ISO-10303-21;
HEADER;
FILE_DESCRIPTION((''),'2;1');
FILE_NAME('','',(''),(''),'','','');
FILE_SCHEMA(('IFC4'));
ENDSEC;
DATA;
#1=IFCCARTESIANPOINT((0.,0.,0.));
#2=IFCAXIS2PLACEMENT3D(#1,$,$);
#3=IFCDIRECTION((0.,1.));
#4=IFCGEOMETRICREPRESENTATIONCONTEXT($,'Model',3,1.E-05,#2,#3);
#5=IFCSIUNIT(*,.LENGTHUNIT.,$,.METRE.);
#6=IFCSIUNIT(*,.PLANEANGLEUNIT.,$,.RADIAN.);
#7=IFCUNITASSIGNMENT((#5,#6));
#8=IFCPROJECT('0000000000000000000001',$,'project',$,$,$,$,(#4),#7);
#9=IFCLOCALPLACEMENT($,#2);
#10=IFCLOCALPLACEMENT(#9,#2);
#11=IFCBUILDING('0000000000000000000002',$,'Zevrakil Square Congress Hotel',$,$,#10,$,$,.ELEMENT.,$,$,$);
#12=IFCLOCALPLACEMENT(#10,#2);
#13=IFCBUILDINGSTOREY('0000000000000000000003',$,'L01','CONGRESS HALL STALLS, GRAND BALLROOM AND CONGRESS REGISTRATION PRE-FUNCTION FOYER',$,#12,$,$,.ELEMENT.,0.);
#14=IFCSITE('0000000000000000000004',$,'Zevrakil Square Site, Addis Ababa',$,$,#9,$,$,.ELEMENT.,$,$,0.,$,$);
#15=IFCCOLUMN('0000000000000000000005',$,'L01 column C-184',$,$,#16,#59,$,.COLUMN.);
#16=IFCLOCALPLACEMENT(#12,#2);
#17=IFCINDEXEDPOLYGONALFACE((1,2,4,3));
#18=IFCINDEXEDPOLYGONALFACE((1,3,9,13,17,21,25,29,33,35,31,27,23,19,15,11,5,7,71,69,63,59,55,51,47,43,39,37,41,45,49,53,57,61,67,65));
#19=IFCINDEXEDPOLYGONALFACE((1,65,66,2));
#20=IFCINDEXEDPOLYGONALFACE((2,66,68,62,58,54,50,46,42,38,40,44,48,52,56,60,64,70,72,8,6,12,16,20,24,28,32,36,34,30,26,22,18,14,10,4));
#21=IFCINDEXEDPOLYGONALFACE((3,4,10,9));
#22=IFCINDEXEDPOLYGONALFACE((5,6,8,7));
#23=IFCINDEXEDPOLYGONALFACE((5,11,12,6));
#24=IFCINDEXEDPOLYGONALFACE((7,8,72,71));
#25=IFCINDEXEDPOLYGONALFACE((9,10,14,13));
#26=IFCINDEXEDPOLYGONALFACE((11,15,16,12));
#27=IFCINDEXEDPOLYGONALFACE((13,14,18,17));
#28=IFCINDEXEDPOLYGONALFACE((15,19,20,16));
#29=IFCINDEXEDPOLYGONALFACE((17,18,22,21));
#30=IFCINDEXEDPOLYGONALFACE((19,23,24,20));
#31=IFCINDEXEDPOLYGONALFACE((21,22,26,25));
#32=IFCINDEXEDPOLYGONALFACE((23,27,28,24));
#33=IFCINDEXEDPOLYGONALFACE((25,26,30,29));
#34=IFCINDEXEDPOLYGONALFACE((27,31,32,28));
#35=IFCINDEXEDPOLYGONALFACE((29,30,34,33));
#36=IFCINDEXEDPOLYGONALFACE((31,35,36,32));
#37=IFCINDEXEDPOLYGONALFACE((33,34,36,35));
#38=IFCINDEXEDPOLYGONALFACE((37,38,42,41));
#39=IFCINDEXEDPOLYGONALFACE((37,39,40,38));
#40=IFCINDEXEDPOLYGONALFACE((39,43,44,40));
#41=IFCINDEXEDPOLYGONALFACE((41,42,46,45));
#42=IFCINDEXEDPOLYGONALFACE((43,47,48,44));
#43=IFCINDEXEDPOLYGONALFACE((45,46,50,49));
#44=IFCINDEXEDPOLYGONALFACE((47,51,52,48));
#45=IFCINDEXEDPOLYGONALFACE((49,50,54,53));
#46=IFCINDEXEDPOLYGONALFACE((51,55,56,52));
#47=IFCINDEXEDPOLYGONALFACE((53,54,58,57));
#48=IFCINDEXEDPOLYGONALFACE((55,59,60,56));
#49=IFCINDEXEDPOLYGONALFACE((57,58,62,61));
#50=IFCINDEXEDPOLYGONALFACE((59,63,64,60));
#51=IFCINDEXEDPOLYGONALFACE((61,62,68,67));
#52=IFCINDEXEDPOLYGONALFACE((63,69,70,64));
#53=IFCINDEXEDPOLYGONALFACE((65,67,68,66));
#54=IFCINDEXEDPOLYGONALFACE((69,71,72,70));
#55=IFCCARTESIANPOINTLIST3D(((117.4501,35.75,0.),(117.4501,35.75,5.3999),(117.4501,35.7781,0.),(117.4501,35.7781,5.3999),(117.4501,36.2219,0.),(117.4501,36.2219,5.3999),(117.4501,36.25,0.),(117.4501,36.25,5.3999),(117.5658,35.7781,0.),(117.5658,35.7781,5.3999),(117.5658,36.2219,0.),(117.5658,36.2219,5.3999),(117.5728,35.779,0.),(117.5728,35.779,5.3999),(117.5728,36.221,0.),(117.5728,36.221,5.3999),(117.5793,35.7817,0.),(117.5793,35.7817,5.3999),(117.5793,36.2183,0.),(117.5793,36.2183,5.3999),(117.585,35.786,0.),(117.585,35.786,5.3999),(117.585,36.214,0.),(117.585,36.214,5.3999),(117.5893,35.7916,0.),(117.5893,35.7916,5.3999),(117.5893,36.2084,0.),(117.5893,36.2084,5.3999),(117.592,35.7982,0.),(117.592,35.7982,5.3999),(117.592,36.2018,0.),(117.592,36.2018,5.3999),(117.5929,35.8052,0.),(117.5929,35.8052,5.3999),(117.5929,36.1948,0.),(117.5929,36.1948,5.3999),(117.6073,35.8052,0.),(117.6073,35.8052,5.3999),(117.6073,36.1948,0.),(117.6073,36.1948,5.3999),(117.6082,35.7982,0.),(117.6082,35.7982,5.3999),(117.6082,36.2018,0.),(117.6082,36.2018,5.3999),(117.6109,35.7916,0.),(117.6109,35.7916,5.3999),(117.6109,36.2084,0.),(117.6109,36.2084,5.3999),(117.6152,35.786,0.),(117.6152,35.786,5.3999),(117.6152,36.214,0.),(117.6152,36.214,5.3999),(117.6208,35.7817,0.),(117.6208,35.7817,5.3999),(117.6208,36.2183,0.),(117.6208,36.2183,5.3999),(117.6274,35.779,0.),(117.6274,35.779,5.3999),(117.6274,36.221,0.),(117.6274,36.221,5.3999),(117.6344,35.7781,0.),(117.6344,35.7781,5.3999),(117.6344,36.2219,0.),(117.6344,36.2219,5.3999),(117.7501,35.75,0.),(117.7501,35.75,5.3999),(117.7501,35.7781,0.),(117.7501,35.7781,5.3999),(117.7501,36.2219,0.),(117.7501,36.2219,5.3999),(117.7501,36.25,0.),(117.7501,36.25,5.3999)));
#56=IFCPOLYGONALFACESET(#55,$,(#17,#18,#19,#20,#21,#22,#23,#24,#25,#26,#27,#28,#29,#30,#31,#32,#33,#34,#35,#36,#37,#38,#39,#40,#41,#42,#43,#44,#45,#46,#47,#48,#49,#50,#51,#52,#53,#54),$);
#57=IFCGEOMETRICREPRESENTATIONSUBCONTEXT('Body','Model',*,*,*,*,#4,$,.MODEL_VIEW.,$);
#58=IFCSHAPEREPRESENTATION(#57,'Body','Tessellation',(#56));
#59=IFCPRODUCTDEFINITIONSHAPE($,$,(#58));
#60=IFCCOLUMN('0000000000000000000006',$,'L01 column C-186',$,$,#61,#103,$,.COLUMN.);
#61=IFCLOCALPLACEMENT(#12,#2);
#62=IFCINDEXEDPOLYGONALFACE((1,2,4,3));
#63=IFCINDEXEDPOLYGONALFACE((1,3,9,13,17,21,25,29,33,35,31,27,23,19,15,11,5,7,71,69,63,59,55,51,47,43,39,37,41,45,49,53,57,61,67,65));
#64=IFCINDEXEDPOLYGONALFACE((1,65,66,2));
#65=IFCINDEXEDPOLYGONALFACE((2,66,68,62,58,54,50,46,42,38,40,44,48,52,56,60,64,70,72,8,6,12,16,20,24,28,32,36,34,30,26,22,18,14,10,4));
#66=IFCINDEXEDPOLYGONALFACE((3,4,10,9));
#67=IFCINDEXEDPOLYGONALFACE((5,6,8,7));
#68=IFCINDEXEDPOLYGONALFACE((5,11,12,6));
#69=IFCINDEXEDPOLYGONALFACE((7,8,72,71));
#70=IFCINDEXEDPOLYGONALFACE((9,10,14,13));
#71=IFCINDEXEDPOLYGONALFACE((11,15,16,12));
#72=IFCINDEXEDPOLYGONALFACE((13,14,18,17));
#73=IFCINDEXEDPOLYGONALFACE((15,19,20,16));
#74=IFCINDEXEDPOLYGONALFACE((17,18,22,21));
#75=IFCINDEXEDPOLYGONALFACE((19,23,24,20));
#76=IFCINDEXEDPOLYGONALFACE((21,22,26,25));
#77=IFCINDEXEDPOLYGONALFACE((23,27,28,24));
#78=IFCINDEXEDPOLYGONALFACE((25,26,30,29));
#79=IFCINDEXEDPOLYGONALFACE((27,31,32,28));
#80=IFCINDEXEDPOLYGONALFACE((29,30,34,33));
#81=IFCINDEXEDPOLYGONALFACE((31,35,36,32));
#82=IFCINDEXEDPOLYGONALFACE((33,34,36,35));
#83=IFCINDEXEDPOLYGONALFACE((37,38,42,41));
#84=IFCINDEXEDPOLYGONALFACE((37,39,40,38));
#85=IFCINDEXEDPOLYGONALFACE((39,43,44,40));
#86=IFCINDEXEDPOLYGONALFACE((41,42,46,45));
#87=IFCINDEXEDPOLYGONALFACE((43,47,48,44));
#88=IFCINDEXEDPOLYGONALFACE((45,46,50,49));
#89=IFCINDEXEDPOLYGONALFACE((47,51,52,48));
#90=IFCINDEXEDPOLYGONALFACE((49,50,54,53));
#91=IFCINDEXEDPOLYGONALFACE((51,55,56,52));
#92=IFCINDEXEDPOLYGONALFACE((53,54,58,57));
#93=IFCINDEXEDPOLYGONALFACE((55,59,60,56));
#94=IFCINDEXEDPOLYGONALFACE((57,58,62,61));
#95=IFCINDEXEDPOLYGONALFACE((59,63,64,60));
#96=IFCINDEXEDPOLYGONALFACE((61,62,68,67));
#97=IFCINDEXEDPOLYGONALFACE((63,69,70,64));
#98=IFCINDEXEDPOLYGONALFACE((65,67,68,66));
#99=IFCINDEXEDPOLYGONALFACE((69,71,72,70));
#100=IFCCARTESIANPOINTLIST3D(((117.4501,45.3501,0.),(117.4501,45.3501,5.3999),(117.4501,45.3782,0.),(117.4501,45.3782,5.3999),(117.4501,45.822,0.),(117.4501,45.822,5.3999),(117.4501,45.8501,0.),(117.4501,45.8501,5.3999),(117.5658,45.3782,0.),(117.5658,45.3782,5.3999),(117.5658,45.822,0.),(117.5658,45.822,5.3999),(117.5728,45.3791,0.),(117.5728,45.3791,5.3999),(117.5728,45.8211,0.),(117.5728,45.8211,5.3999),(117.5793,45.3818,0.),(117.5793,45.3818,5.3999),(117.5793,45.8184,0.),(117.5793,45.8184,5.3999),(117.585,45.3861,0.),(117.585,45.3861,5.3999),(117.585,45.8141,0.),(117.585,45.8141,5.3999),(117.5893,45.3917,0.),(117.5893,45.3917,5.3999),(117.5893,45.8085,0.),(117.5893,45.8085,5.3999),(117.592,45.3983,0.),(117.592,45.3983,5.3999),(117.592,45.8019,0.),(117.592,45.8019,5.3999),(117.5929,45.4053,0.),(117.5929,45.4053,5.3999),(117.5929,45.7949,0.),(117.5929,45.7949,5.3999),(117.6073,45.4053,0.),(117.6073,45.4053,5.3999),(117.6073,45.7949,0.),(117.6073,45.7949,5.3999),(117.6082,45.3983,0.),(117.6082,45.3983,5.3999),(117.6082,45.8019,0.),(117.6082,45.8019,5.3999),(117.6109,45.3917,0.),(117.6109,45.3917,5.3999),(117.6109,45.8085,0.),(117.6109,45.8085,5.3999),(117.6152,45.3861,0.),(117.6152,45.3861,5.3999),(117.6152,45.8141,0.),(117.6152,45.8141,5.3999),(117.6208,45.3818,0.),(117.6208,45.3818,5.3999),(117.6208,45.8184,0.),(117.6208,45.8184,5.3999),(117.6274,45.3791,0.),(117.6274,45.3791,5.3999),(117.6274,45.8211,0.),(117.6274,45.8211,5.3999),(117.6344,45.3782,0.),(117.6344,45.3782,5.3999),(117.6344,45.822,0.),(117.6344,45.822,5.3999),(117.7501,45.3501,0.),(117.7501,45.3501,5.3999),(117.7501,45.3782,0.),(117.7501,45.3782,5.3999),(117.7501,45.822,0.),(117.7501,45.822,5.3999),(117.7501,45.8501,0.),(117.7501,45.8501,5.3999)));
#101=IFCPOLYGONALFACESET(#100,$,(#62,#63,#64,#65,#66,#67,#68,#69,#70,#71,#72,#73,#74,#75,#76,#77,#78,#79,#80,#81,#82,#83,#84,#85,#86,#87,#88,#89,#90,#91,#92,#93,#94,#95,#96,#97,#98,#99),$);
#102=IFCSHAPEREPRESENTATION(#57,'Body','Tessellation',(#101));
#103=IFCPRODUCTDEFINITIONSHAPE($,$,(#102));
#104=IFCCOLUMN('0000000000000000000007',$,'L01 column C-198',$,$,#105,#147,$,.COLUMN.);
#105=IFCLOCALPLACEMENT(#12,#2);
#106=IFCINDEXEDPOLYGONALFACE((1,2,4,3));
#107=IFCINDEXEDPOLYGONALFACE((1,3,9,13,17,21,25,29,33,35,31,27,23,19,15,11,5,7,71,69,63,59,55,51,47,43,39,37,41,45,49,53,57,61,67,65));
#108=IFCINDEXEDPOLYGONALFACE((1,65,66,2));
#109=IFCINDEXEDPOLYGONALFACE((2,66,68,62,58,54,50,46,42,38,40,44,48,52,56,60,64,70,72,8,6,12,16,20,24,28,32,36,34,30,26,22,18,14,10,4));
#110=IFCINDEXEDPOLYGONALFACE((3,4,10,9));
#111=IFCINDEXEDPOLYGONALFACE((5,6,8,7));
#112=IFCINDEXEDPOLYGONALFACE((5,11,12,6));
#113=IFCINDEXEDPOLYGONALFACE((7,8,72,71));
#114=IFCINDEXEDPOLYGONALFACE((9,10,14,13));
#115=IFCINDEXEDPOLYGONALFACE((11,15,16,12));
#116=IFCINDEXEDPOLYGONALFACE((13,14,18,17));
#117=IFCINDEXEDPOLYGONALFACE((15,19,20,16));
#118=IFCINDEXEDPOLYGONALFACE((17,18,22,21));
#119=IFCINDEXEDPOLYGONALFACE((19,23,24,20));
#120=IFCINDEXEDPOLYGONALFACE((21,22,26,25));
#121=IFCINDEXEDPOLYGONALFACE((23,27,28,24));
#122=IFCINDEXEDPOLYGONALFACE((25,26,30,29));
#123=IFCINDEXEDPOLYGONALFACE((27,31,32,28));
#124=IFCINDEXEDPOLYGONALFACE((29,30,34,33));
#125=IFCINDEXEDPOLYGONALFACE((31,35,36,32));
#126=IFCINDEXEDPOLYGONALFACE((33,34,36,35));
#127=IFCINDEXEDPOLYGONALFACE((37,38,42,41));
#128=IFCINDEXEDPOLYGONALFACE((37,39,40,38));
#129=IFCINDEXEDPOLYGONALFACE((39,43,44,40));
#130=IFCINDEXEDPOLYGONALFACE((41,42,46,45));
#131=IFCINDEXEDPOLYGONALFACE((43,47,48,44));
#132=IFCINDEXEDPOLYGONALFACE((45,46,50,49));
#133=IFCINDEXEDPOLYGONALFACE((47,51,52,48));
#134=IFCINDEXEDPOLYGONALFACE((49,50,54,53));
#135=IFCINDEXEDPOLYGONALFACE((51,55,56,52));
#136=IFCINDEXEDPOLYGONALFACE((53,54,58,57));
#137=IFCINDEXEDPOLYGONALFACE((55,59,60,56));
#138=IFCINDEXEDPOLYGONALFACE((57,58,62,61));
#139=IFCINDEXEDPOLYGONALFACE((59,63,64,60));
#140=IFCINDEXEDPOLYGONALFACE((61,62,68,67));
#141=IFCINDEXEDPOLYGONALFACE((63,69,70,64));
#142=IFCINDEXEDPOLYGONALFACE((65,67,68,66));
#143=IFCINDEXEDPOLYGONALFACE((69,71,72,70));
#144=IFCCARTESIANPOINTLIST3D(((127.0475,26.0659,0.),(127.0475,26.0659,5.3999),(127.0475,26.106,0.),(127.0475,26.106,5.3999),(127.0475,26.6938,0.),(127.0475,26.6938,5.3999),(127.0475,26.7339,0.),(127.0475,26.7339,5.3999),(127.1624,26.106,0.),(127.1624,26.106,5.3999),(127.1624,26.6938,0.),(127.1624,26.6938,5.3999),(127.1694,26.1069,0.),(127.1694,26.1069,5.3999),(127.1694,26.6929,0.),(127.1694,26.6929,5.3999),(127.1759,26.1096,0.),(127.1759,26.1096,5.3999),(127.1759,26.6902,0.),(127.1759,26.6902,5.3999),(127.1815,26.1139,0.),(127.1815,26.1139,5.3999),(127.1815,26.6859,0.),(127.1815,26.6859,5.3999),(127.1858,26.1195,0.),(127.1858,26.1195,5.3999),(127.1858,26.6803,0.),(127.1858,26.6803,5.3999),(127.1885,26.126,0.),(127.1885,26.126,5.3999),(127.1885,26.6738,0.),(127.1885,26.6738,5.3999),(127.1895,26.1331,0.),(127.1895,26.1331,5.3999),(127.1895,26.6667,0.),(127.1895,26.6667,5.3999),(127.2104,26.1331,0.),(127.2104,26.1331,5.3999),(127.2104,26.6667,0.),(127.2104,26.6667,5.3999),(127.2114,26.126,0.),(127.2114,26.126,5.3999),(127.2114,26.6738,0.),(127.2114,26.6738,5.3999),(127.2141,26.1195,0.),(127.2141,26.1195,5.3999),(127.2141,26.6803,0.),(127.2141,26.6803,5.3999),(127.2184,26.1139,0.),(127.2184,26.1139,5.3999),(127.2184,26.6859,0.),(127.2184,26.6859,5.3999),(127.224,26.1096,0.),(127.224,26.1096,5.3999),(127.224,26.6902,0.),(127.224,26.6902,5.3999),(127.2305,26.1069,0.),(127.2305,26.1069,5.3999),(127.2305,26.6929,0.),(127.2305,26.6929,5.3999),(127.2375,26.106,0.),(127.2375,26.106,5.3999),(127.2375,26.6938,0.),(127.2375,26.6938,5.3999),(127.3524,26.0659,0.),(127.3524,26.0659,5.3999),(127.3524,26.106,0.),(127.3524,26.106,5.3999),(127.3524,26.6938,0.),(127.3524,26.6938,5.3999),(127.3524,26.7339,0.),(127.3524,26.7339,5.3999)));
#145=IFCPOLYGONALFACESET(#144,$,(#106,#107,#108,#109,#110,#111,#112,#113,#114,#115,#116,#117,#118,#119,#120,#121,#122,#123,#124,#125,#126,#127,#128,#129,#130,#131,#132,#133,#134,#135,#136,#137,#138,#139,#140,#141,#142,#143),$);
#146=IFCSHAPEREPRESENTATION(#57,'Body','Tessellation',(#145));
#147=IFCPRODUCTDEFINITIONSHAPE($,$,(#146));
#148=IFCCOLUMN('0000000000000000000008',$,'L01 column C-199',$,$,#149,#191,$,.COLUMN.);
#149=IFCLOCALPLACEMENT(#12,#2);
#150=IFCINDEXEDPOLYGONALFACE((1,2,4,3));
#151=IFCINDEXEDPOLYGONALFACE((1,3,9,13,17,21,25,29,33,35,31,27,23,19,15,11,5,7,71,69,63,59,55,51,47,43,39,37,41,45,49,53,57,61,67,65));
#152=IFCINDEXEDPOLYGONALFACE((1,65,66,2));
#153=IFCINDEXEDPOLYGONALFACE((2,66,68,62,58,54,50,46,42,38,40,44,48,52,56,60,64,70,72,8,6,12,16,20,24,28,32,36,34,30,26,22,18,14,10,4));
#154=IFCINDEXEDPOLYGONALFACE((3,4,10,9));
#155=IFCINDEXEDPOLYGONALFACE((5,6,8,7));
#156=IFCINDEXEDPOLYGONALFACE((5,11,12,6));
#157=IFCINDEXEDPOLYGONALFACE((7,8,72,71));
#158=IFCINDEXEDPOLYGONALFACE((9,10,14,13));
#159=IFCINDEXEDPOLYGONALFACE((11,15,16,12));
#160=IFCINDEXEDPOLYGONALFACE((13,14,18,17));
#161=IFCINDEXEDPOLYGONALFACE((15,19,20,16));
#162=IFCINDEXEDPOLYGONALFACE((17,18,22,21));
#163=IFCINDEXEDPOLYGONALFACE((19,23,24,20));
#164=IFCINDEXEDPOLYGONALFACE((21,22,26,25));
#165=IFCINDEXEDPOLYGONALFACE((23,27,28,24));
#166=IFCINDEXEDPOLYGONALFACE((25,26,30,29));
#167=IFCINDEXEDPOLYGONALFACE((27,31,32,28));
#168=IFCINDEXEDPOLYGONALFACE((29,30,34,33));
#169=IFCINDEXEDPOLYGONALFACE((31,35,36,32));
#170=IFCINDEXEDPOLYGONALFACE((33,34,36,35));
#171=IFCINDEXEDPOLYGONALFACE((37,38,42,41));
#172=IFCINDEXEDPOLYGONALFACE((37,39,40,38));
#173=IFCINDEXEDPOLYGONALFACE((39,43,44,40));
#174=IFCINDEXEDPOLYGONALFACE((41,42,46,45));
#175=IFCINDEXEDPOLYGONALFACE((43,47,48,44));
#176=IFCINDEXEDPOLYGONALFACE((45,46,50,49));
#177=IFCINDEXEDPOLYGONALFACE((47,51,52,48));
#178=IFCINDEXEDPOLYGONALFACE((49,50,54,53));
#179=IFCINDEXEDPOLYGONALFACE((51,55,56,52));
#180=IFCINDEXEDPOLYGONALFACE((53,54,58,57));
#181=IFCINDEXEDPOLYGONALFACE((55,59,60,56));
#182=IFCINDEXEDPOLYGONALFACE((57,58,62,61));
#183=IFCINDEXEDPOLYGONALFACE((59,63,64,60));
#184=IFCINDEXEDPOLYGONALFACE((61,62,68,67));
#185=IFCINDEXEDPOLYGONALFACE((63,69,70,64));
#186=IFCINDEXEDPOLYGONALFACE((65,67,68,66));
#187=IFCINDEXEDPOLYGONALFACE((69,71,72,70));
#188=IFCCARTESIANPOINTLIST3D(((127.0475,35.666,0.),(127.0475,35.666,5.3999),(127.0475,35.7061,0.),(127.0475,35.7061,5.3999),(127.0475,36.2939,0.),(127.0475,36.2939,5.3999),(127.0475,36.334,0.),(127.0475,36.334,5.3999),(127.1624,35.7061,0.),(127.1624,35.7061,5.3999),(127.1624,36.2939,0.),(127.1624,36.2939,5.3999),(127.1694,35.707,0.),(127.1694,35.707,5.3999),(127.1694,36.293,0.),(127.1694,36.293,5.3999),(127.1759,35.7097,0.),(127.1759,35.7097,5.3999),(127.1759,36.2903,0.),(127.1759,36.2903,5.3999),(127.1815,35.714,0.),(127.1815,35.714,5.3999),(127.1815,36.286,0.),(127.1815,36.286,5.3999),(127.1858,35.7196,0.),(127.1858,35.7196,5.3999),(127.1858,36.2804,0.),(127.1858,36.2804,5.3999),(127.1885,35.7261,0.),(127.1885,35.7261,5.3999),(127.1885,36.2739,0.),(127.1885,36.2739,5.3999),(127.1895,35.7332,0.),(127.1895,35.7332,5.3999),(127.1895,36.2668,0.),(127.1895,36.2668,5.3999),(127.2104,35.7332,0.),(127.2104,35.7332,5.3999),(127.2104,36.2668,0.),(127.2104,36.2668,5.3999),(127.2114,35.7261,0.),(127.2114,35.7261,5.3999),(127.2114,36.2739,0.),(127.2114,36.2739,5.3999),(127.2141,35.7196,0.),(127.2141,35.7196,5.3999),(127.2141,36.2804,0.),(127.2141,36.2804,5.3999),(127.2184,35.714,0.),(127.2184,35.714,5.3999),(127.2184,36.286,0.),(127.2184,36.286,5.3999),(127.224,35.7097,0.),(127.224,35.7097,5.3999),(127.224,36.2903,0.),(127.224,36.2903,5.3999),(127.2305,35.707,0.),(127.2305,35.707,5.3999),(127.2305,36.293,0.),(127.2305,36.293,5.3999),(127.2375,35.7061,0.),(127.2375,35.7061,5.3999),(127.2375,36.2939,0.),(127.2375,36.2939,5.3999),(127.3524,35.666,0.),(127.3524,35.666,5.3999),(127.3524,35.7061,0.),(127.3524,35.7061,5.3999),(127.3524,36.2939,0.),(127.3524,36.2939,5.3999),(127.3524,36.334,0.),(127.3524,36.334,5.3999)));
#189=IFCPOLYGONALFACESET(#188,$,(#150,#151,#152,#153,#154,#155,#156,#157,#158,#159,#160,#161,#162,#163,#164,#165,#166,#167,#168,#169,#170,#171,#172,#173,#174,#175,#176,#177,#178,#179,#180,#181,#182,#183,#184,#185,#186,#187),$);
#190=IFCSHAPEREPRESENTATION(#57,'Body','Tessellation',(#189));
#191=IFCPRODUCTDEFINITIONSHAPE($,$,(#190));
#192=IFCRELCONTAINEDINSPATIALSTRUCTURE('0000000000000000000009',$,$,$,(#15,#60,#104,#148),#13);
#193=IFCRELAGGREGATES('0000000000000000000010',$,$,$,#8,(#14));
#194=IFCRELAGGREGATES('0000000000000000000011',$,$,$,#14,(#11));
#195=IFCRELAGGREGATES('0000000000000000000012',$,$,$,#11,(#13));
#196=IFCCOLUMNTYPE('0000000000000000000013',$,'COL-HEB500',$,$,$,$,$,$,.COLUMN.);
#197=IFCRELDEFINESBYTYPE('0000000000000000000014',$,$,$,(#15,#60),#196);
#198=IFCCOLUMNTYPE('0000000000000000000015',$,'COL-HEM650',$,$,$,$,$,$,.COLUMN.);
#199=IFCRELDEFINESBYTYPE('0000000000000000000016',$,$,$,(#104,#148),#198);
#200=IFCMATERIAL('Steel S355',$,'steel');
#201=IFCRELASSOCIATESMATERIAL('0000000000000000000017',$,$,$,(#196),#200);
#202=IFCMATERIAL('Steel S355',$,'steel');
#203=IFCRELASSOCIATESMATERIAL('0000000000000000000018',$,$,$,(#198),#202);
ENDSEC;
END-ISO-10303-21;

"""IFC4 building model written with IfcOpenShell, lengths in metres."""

from ifc_helpers import new_model, si_unit, direction, frame, origin, origin_2d, place, context, subcontext, project, spatial, i_section, extrude, material, material_profile, profile_set, type_object, element, save


model = new_model("IFC4")

# Units and contexts
model_context = context("Model", 3, precision=1e-05, world=origin(), true_north=direction((0.0, 1.0)))
body_context = subcontext(model_context, "Body", "Model", "MODEL_VIEW")
ifc_project = project(units=[si_unit("LENGTHUNIT", "METRE"), si_unit("PLANEANGLEUNIT", "RADIAN")], contexts=[model_context])

# Site, building, storey
site_placement = place(None, origin())
site = spatial("IfcSite", under=ifc_project, at=site_placement, Name="Zevrakil Square Site, Addis Ababa", CompositionType="ELEMENT", RefElevation=0.0)
building_placement = place(site_placement, origin())
building = spatial("IfcBuilding", under=site, at=building_placement, Name="Zevrakil Square Congress Hotel", CompositionType="ELEMENT")
storey_placement = place(building_placement, origin())
storey = spatial("IfcBuildingStorey", under=building, at=storey_placement, Name="L01", Description="CONGRESS HALL STALLS, GRAND BALLROOM AND CONGRESS REGISTRATION PRE-FUNCTION FOYER", CompositionType="ELEMENT", Elevation=0.0)

# Columns
ifc_material_1 = material(Name="Steel S355", Category="steel")
ifc_material_profile_1 = material_profile(ifc_material_1, i_section(OverallWidth=0.3, OverallDepth=0.5, WebThickness=0.0144, FlangeThickness=0.0281, FilletRadius=0.0271, at=origin_2d()), Name="HEB 500")
ifc_profile_set_1 = profile_set([ifc_material_profile_1], Name="Steel S355")
column_type_1 = type_object("IfcColumnType", Name="COL-HEB500", PredefinedType="COLUMN", material=ifc_profile_set_1)
for number, where, z_axis, x_axis, name in (
    (1, (117.6001, 36.0, 0.0), (0.0, 0.0, 1.0), (1.0, 0.0, 0.0), "L01 column C-184"),
    (2, (117.6001, 45.6001, 0.0), (0.0, 0.0, 1.0), (1.0, 0.0, 0.0), "L01 column C-186"),
):
    element("IfcColumn", number, at=place(storey_placement, frame(where, z_axis=z_axis, x_axis=x_axis)), inside=storey, type_object=column_type_1, Name=name, PredefinedType="COLUMN", context=body_context, shape_type="SweptSolid", body=[
        extrude(i_section(OverallWidth=0.3, OverallDepth=0.5, WebThickness=0.0144, FlangeThickness=0.0281, FilletRadius=0.0271, at=origin_2d()), origin(), (0.0, 0.0, 1.0), 5.3999),
    ])
ifc_material_2 = material(Name="Steel S355", Category="steel")
ifc_material_profile_2 = material_profile(ifc_material_2, i_section(OverallWidth=0.3049, OverallDepth=0.668, WebThickness=0.021, FlangeThickness=0.04, FilletRadius=0.0271, at=origin_2d()), Name="HEM 650")
ifc_profile_set_2 = profile_set([ifc_material_profile_2], Name="Steel S355")
column_type_2 = type_object("IfcColumnType", Name="COL-HEM650", PredefinedType="COLUMN", material=ifc_profile_set_2)
for number, where, z_axis, x_axis, name in (
    (3, (127.2, 26.3999, 0.0), (0.0, 0.0, 1.0), (1.0, 0.0, 0.0), "L01 column C-198"),
    (4, (127.2, 36.0, 0.0), (0.0, 0.0, 1.0), (1.0, 0.0, 0.0), "L01 column C-199"),
):
    element("IfcColumn", number, at=place(storey_placement, frame(where, z_axis=z_axis, x_axis=x_axis)), inside=storey, type_object=column_type_2, Name=name, PredefinedType="COLUMN", context=body_context, shape_type="SweptSolid", body=[
        extrude(i_section(OverallWidth=0.3049, OverallDepth=0.668, WebThickness=0.021, FlangeThickness=0.04, FilletRadius=0.0271, at=origin_2d()), origin(), (0.0, 0.0, 1.0), 5.3999),
    ])

save(model, "model.ifc")
